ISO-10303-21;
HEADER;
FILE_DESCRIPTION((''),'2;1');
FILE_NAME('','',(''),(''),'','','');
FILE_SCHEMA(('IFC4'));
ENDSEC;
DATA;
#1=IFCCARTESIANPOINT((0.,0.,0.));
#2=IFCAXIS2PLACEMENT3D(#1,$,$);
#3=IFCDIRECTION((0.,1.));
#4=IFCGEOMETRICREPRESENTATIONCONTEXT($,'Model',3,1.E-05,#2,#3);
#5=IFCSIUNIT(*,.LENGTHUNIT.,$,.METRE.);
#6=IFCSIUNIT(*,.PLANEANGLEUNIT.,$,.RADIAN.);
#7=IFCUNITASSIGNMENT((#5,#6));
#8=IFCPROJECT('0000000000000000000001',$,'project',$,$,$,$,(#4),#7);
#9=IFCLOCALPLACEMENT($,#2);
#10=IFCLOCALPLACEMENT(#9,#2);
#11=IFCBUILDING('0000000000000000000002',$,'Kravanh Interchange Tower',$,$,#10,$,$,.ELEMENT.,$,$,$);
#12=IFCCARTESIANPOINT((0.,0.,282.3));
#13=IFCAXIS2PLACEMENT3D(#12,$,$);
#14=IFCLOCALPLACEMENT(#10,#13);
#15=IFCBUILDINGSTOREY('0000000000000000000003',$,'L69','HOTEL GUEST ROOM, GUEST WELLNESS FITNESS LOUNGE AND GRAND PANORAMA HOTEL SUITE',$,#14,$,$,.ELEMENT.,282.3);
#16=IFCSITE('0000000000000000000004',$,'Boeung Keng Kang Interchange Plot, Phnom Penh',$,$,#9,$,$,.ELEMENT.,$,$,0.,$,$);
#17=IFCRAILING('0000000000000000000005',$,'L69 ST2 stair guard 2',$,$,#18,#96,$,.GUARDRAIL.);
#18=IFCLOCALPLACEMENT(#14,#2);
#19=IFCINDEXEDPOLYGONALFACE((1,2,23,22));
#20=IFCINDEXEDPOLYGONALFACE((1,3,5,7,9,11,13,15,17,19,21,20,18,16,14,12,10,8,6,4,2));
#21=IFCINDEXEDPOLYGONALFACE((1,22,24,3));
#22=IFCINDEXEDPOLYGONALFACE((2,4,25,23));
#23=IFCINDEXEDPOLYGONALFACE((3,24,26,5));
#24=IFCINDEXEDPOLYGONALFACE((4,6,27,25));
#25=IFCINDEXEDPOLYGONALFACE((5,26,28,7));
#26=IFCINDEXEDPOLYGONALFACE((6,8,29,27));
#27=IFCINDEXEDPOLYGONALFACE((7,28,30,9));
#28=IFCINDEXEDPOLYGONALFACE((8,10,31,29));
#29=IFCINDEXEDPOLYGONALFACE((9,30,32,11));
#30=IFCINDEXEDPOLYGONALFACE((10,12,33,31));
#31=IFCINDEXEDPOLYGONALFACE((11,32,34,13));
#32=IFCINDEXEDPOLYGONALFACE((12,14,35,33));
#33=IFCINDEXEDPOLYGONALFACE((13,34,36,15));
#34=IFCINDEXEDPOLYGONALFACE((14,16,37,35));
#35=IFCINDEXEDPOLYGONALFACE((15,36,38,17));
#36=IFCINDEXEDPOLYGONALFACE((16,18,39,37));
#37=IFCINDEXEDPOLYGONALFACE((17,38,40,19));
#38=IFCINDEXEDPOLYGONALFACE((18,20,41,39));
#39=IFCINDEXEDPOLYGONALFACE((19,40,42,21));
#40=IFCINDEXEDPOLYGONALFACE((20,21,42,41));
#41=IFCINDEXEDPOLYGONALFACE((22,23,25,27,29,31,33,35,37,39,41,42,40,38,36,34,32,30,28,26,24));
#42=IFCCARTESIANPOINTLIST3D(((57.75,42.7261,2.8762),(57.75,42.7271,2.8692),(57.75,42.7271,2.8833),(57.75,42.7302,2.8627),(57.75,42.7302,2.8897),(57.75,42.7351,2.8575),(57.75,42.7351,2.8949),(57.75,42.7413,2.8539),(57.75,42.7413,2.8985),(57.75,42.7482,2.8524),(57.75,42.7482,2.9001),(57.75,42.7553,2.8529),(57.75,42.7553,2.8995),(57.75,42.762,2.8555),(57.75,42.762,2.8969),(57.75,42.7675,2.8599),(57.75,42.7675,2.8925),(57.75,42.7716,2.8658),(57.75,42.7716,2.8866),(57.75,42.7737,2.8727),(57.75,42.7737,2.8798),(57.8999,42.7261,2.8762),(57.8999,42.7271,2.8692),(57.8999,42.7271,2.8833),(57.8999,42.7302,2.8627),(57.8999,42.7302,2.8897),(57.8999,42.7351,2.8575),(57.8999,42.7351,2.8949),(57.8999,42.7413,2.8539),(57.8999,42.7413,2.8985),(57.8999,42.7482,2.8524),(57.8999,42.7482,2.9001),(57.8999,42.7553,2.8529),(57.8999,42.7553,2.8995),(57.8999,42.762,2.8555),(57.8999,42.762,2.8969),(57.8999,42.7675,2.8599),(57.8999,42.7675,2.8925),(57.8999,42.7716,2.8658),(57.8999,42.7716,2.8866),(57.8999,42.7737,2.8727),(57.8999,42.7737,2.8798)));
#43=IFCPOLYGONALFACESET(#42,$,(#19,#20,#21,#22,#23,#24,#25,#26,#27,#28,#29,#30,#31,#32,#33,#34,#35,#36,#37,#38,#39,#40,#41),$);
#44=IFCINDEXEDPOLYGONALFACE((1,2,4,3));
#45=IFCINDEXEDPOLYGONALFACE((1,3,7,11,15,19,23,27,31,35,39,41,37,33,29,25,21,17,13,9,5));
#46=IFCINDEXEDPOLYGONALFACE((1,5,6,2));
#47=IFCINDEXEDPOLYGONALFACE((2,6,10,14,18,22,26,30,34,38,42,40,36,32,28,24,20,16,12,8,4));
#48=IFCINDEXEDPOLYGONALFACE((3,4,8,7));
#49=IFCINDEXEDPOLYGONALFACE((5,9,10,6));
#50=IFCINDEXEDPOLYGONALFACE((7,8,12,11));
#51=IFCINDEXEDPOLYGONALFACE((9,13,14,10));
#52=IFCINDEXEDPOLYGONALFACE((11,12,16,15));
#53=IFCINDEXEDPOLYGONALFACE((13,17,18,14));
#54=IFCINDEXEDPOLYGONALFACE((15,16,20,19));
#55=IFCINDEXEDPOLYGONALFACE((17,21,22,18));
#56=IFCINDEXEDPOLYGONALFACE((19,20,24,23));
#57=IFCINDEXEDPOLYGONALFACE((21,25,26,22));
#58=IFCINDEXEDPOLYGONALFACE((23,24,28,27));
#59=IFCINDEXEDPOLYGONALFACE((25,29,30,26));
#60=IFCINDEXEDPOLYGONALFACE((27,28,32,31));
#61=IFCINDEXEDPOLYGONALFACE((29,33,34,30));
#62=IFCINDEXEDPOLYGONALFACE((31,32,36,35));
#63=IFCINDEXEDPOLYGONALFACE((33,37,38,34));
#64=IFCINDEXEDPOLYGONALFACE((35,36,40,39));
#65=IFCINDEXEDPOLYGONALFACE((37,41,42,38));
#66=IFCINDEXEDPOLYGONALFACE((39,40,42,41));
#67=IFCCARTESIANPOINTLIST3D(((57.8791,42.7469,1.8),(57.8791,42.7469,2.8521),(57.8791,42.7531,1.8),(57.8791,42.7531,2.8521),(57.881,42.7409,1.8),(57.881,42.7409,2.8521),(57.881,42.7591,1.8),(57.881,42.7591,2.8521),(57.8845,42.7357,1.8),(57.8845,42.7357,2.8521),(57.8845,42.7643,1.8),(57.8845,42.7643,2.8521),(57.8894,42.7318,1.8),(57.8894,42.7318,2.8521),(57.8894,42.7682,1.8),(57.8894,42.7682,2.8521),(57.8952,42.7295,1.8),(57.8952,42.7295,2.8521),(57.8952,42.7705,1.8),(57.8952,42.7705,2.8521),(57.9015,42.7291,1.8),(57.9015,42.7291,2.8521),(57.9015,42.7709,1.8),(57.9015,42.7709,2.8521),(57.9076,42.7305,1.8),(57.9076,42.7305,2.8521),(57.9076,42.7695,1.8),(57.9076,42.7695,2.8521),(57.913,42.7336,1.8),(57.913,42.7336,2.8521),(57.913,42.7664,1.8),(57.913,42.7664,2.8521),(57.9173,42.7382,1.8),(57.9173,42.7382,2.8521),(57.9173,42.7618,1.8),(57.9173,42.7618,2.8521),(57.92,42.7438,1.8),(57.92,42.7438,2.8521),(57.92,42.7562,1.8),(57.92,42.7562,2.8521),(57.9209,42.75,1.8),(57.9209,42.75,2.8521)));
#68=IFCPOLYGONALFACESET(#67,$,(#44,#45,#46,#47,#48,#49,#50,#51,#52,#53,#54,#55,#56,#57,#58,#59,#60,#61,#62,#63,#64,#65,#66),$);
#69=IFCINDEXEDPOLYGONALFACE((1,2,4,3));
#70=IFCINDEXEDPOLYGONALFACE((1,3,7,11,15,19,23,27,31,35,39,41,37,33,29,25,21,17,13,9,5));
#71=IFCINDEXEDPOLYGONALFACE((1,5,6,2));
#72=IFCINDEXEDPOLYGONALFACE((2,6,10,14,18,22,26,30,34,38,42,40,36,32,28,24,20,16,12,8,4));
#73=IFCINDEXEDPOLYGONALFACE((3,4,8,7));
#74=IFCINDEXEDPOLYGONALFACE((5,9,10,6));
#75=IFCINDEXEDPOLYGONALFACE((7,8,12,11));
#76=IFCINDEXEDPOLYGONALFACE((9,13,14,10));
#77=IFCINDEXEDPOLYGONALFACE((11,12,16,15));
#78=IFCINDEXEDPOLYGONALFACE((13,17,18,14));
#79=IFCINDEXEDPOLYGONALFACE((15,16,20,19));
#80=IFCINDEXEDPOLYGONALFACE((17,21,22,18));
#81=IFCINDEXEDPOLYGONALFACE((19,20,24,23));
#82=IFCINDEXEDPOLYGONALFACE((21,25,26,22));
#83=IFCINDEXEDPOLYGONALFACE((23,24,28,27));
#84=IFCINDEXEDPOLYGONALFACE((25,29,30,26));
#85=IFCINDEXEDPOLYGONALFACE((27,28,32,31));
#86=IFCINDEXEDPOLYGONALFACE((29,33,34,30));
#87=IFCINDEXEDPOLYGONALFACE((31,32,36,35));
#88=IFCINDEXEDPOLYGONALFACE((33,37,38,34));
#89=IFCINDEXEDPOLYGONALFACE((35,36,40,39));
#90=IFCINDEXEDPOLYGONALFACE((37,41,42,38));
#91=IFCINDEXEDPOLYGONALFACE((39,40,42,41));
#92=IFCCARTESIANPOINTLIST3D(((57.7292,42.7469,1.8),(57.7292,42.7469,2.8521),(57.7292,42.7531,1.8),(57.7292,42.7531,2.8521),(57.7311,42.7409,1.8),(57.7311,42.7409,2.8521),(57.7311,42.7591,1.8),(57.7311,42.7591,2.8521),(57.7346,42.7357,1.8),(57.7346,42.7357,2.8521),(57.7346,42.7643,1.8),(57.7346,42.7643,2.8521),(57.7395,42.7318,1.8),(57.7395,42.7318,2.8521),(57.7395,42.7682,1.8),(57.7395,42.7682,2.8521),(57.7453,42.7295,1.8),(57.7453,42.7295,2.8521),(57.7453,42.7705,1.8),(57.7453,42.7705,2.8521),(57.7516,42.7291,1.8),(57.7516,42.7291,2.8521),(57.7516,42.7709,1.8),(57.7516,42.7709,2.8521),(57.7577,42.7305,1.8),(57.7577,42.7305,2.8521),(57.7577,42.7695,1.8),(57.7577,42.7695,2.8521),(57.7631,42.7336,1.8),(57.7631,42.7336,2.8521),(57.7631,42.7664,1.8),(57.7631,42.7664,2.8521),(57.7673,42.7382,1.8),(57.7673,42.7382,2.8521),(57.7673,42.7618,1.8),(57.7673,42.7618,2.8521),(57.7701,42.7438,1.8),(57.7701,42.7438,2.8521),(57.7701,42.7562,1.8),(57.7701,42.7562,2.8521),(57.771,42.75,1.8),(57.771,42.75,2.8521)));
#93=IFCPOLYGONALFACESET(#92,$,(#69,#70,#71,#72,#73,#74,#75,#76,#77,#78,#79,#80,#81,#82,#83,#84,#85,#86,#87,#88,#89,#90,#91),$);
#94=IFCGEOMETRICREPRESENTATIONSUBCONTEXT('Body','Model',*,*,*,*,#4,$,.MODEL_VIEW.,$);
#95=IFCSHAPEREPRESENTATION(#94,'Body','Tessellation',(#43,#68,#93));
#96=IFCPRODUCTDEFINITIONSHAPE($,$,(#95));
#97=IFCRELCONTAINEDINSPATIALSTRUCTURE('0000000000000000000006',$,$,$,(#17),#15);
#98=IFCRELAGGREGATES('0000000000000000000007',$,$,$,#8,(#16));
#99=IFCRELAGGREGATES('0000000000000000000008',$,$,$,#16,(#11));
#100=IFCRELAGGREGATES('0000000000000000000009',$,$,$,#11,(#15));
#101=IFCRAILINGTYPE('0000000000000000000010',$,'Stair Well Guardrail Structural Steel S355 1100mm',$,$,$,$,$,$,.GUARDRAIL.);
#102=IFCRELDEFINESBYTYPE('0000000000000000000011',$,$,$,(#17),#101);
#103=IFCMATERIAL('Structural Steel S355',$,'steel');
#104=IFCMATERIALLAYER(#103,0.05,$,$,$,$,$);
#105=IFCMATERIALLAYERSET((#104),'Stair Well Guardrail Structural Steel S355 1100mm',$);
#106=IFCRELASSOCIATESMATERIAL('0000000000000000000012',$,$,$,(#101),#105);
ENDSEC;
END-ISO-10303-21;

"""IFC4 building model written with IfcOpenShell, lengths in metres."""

from ifc_helpers import new_model, si_unit, direction, frame, origin, origin_2d, place, context, subcontext, project, spatial, circle, extrude, material, layer, layer_set, type_object, element, save


model = new_model("IFC4")

# Units and contexts
model_context = context("Model", 3, precision=1e-05, world=origin(), true_north=direction((0.0, 1.0)))
body_context = subcontext(model_context, "Body", "Model", "MODEL_VIEW")
ifc_project = project(units=[si_unit("LENGTHUNIT", "METRE"), si_unit("PLANEANGLEUNIT", "RADIAN")], contexts=[model_context])

# Site, building, storey
site_placement = place(None, origin())
site = spatial("IfcSite", under=ifc_project, at=site_placement, Name="Boeung Keng Kang Interchange Plot, Phnom Penh", CompositionType="ELEMENT", RefElevation=0.0)
building_placement = place(site_placement, origin())
building = spatial("IfcBuilding", under=site, at=building_placement, Name="Kravanh Interchange Tower", CompositionType="ELEMENT")
storey_placement = place(building_placement, frame((0.0, 0.0, 282.3)))
storey = spatial("IfcBuildingStorey", under=building, at=storey_placement, Name="L69", Description="HOTEL GUEST ROOM, GUEST WELLNESS FITNESS LOUNGE AND GRAND PANORAMA HOTEL SUITE", CompositionType="ELEMENT", Elevation=282.3)

# Railing
ifc_material_1 = material(Name="Structural Steel S355", Category="steel")
ifc_layer_1 = layer(ifc_material_1, 0.05)
ifc_layer_set_1 = layer_set([ifc_layer_1], Name="Stair Well Guardrail Structural Steel S355 1100mm")
railing_type_1 = type_object("IfcRailingType", Name="Stair Well Guardrail Structural Steel S355 1100mm", PredefinedType="GUARDRAIL", material=ifc_layer_set_1)
railing_1_placement = place(storey_placement, frame((57.8999, 42.75, 1.8)))
element("IfcRailing", 1, at=railing_1_placement, inside=storey, type_object=railing_type_1, Name="L69 ST2 stair guard 2", PredefinedType="GUARDRAIL", context=body_context, shape_type="SweptSolid", body=[
    extrude(circle(Radius=0.0239, at=origin_2d()), frame((0.0, 0.0, 1.0762), z_axis=(-1.0, 0.0, 0.0), x_axis=(0.0, -1.0, 0.0)), (0.0, 0.0, 1.0), 0.1499),
    extrude(circle(Radius=0.021, at=origin_2d()), origin(), (0.0, 0.0, 1.0), 1.052),
    extrude(circle(Radius=0.021, at=origin_2d()), frame((-0.1499, 0.0, 0.0)), (0.0, 0.0, 1.0), 1.052),
])

save(model, "model.ifc")
